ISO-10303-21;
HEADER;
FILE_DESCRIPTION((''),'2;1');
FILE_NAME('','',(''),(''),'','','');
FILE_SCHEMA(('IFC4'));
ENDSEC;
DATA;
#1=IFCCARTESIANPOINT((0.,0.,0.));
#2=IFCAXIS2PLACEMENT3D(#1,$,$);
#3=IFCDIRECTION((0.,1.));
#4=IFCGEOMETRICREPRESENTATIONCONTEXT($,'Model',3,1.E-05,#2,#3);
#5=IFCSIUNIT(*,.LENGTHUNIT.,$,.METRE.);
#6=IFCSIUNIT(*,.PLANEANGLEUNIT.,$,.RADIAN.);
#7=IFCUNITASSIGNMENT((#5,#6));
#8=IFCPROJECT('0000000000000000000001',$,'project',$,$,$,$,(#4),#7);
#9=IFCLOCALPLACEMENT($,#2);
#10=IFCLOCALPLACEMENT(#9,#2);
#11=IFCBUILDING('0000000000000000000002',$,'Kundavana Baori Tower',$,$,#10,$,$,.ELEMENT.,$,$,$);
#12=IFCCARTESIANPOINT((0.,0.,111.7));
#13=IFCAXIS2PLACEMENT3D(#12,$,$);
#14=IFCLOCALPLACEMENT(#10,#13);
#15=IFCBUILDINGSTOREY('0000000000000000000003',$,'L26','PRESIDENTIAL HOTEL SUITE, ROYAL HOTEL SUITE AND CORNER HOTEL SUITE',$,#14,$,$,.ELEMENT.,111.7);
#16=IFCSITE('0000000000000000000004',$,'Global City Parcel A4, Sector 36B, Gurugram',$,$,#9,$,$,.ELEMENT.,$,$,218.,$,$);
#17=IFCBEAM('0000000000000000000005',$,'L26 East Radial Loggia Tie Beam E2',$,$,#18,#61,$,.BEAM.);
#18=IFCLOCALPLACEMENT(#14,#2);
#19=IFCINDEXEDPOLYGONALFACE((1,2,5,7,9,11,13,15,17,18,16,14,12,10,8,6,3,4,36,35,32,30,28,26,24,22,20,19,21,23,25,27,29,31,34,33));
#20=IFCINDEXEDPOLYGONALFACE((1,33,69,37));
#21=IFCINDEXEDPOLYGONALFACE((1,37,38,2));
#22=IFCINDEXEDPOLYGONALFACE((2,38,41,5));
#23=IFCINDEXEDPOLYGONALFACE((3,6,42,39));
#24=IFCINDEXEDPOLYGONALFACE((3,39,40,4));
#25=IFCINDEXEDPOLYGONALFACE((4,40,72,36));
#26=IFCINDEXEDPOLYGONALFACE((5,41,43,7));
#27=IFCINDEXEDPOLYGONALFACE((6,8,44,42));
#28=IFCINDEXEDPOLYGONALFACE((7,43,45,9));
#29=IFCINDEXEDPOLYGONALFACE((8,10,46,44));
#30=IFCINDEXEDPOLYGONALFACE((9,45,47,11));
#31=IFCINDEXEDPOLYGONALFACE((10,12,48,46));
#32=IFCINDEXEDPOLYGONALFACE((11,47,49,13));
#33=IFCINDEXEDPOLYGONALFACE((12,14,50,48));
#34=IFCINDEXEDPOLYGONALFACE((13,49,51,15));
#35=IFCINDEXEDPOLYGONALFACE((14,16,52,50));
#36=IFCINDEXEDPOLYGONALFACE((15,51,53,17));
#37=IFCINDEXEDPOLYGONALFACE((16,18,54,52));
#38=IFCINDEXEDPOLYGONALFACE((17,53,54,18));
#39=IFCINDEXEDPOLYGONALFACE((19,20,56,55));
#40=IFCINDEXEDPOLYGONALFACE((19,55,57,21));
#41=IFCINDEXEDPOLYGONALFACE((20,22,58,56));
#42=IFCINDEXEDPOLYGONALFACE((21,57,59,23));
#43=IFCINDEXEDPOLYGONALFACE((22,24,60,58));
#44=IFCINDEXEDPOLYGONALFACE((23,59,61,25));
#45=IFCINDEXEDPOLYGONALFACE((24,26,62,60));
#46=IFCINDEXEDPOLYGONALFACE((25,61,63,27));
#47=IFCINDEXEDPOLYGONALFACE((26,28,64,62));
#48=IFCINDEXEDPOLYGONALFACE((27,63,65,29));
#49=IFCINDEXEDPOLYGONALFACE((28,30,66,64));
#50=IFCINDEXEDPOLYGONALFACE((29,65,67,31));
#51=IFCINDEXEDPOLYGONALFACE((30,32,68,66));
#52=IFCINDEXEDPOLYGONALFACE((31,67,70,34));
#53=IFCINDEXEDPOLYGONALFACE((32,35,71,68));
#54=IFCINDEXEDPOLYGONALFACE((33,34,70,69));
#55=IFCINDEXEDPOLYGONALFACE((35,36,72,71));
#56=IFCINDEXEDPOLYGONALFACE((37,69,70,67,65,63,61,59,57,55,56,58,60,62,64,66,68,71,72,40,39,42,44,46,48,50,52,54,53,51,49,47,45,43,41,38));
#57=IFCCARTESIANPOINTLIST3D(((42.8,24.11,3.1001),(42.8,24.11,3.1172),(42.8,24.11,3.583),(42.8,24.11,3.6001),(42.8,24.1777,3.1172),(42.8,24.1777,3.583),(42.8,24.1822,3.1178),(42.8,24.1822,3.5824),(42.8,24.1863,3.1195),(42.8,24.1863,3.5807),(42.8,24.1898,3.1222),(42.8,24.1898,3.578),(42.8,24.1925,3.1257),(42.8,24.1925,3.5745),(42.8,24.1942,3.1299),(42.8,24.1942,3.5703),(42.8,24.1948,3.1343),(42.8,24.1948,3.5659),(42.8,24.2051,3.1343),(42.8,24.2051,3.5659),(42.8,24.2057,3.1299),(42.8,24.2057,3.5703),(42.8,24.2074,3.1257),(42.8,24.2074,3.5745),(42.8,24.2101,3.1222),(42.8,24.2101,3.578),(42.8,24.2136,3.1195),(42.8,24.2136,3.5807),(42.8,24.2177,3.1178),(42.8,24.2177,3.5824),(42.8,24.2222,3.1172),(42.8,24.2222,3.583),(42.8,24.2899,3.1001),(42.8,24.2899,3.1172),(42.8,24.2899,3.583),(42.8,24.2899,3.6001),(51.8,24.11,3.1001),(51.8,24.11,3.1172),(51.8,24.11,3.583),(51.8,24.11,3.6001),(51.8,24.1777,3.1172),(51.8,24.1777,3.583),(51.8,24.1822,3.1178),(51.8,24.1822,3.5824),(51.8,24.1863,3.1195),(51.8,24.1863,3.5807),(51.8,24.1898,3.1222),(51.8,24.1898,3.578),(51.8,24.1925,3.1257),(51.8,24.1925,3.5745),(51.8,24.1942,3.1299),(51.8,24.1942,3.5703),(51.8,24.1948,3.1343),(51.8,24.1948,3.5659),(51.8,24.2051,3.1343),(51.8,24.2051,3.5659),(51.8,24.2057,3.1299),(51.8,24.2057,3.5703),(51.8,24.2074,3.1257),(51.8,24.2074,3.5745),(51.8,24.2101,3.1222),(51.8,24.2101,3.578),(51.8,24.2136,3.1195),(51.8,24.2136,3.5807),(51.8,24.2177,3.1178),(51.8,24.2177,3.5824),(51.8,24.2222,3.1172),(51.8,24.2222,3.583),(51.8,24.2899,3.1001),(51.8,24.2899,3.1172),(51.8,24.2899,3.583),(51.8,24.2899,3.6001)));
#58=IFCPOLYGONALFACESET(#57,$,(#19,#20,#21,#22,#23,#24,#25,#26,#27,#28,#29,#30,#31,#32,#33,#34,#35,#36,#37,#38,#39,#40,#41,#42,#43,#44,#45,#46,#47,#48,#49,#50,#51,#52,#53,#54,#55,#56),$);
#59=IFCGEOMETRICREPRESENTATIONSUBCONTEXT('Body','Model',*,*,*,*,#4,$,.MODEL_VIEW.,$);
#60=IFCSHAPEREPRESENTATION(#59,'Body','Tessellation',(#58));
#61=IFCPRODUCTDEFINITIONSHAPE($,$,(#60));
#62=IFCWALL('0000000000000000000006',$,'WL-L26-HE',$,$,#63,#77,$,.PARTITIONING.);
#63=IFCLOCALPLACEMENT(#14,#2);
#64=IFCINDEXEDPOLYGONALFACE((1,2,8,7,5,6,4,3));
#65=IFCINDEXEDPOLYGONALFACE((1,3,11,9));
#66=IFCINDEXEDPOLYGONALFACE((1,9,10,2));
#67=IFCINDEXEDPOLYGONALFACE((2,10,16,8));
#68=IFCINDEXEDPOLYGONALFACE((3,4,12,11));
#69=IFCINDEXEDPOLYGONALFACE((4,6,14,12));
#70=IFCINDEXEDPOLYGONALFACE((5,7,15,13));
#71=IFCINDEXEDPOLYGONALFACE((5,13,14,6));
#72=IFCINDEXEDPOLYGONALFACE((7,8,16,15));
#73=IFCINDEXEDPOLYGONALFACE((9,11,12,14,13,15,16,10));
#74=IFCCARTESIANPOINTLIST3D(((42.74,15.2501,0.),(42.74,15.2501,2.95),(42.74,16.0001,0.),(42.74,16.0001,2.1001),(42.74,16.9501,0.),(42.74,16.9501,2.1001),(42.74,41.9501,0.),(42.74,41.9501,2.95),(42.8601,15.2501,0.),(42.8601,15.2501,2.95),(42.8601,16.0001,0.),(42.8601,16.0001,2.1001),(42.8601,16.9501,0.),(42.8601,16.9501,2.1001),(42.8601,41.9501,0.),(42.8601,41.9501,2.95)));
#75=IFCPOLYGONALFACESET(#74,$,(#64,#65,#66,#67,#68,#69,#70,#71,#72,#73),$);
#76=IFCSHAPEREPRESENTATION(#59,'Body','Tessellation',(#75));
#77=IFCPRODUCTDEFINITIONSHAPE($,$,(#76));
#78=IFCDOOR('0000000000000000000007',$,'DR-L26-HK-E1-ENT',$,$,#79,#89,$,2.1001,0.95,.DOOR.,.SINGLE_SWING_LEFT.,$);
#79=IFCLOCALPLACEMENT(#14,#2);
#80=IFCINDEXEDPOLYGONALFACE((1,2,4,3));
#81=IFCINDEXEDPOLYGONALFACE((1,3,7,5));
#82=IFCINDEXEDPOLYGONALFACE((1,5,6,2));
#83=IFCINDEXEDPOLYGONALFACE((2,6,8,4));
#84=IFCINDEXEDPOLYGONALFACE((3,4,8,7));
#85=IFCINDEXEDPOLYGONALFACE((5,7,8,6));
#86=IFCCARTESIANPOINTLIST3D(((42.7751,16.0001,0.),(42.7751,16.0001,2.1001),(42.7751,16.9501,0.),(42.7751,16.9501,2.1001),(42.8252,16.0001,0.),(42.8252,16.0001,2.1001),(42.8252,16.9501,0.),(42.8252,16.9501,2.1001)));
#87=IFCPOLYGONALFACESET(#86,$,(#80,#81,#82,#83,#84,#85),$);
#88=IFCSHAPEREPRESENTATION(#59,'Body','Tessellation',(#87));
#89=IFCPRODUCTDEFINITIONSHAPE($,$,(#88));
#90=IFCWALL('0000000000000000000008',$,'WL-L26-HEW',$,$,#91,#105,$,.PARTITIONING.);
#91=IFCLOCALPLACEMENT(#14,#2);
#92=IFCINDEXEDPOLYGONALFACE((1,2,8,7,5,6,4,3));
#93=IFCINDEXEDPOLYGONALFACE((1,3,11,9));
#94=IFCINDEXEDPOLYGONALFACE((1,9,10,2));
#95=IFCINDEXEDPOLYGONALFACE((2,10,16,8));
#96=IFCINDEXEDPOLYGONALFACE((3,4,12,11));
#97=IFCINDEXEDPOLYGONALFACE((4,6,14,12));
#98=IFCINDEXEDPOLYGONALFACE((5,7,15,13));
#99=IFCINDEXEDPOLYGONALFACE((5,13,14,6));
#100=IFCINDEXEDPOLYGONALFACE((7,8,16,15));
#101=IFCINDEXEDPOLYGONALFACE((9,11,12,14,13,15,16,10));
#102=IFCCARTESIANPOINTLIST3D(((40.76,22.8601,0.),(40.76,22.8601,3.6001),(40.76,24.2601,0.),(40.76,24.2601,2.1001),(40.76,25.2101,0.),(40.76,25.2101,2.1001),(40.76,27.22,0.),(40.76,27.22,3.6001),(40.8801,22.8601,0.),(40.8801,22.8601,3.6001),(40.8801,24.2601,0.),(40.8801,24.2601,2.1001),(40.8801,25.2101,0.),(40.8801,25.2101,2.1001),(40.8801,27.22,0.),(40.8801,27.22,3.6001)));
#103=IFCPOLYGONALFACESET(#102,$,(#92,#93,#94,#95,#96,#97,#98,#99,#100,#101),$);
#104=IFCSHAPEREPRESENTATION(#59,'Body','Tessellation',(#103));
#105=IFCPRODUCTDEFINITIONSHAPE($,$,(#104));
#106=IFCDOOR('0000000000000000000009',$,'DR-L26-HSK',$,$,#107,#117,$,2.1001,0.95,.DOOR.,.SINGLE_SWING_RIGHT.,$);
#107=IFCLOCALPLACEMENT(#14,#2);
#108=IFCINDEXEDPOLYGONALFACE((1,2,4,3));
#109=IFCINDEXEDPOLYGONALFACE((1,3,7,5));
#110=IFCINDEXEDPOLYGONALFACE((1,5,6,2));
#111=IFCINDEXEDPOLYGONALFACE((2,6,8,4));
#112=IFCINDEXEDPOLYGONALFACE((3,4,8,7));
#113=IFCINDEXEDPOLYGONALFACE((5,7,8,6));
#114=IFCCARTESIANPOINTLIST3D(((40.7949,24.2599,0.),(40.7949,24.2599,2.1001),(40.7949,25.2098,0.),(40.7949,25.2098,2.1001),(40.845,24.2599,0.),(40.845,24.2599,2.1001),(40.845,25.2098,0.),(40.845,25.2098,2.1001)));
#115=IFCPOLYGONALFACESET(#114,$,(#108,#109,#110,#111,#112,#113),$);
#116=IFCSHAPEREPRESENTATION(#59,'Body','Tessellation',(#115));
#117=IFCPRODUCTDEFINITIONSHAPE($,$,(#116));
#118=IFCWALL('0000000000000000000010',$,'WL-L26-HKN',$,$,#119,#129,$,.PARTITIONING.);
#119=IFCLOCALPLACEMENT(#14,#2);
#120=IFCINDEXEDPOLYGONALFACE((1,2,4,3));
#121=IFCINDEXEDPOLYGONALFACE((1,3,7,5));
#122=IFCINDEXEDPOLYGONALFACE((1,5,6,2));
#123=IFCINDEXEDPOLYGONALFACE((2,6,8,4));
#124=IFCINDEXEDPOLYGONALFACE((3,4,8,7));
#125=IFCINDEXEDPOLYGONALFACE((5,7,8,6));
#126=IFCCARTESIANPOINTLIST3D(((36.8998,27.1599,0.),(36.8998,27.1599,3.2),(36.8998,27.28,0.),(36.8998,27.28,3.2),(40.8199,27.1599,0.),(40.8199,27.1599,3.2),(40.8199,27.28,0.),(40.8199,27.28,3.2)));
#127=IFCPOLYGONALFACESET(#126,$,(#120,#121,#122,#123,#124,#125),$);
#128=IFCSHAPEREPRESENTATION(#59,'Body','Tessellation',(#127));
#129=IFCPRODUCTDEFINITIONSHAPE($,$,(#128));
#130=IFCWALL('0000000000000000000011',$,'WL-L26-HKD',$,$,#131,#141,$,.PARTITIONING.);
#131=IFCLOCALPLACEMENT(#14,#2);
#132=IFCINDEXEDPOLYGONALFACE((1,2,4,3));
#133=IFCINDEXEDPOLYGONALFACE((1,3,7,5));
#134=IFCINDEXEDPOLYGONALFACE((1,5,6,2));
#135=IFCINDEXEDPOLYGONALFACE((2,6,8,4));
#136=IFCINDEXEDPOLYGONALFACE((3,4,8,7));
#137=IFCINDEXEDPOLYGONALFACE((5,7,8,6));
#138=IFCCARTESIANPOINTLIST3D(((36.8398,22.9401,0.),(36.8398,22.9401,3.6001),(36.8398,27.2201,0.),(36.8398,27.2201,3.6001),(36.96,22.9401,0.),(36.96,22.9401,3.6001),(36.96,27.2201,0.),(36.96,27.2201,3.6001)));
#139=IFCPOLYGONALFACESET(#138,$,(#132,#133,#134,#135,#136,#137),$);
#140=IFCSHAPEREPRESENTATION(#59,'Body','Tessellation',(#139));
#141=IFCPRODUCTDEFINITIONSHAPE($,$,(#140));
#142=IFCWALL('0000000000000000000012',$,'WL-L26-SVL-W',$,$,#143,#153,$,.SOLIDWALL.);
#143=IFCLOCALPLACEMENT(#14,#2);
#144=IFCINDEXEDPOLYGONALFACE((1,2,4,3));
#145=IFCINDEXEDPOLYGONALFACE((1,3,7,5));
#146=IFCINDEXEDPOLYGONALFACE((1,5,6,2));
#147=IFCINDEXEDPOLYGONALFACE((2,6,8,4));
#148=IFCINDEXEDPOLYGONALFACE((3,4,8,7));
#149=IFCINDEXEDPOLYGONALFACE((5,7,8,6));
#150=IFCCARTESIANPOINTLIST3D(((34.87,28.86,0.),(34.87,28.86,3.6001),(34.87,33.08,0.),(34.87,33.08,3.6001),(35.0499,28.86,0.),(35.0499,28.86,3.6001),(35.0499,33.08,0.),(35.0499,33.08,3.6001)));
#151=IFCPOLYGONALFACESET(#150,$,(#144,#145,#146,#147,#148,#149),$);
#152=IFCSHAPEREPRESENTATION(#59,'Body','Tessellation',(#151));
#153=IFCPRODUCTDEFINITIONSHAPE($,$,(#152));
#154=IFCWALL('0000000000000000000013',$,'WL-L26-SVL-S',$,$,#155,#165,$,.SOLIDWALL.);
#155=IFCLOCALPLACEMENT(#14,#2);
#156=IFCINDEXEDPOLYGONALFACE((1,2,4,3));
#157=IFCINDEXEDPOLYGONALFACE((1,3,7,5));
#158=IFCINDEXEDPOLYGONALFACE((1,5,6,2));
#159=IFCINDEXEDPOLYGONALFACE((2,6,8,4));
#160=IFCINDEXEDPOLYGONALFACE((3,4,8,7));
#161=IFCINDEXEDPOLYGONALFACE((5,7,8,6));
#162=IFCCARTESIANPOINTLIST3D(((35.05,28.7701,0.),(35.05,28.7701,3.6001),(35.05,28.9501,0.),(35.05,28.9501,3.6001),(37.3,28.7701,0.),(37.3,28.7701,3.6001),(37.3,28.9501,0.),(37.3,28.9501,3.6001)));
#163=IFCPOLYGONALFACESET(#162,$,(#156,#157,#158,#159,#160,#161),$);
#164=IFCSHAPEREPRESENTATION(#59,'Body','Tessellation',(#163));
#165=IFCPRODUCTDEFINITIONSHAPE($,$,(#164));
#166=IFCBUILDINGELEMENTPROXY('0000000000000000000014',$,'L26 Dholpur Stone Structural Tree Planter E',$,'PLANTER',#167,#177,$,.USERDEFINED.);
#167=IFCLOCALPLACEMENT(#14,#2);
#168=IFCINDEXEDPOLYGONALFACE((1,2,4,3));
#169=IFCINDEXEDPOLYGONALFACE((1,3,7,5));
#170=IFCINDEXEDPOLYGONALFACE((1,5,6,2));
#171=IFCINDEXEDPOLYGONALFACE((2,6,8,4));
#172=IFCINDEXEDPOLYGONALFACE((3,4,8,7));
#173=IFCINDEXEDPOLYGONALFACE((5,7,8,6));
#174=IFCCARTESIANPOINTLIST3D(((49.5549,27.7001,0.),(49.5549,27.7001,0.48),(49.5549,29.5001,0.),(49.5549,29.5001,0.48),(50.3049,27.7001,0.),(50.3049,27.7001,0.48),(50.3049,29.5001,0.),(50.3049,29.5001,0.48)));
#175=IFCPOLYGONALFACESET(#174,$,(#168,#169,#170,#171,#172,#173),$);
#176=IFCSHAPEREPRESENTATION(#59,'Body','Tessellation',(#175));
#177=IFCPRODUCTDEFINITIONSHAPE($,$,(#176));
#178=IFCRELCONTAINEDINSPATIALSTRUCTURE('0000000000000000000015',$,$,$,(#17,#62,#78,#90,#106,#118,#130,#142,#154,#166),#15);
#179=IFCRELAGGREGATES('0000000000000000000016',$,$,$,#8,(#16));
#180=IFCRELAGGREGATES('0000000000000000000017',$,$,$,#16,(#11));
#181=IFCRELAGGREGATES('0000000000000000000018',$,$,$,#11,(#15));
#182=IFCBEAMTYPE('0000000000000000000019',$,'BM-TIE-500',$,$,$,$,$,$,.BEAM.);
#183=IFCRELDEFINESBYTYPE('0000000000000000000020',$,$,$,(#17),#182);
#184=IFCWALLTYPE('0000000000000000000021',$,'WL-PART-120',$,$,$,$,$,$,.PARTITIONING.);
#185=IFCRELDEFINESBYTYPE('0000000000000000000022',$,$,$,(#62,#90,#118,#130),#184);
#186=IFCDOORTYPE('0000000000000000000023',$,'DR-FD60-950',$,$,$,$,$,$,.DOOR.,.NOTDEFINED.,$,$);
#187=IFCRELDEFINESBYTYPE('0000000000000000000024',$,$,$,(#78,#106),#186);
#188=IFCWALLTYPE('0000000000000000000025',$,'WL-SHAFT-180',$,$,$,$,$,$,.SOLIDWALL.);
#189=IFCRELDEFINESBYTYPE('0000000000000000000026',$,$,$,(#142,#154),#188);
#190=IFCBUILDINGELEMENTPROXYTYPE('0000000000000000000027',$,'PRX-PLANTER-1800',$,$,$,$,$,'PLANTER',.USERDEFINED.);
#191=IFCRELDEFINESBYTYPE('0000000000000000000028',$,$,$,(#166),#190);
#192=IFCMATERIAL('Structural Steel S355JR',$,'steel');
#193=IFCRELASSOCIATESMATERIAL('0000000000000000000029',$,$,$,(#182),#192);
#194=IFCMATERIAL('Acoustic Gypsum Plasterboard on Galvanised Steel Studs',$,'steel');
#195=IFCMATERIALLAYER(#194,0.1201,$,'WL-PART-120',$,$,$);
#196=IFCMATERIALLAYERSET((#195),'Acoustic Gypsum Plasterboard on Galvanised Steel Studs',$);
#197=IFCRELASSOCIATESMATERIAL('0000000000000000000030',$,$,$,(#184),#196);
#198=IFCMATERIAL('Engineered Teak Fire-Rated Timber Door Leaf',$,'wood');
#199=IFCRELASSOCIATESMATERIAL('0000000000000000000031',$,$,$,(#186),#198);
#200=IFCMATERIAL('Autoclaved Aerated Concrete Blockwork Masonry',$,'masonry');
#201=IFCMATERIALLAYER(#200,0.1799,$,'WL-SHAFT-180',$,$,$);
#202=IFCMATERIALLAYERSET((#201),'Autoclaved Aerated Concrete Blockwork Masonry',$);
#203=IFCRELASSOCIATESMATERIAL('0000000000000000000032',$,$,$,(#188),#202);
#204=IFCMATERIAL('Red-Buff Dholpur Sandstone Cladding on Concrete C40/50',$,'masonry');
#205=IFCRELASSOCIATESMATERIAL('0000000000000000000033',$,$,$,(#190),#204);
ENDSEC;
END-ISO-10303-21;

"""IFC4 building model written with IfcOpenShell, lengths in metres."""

from ifc_helpers import new_model, si_unit, direction, frame, frame_2d, origin, origin_2d, place, context, subcontext, project, spatial, rectangle, i_section, extrude, material, layer, layer_set, material_profile, profile_set, type_object, element, fill, save


model = new_model("IFC4")

# Units and contexts
model_context = context("Model", 3, precision=1e-05, world=origin(), true_north=direction((0.0, 1.0)))
body_context = subcontext(model_context, "Body", "Model", "MODEL_VIEW")
ifc_project = project(units=[si_unit("LENGTHUNIT", "METRE"), si_unit("PLANEANGLEUNIT", "RADIAN")], contexts=[model_context])

# Site, building, storey
site_placement = place(None, origin())
site = spatial("IfcSite", under=ifc_project, at=site_placement, Name="Global City Parcel A4, Sector 36B, Gurugram", CompositionType="ELEMENT", RefElevation=218.0)
building_placement = place(site_placement, origin())
building = spatial("IfcBuilding", under=site, at=building_placement, Name="Kundavana Baori Tower", CompositionType="ELEMENT")
storey_placement = place(building_placement, frame((0.0, 0.0, 111.7)))
storey = spatial("IfcBuildingStorey", under=building, at=storey_placement, Name="L26", Description="PRESIDENTIAL HOTEL SUITE, ROYAL HOTEL SUITE AND CORNER HOTEL SUITE", CompositionType="ELEMENT", Elevation=111.7)

# Beam
ifc_material_1 = material(Name="Structural Steel S355JR", Category="steel")
ifc_material_profile_1 = material_profile(ifc_material_1, i_section(OverallWidth=0.1799, OverallDepth=0.5, WebThickness=0.0103, FlangeThickness=0.0171, FilletRadius=0.0171, at=origin_2d()), Name="ISMB 500")
ifc_profile_set_1 = profile_set([ifc_material_profile_1], Name="Structural Steel S355JR")
beam_type_1 = type_object("IfcBeamType", Name="BM-TIE-500", PredefinedType="BEAM", material=ifc_profile_set_1)
for number, where, z_axis, x_axis, name in (
    (1, (42.8, 24.2, 3.3501), (1.0, 0.0, 0.0), (0.0, 1.0, 0.0), "L26 East Radial Loggia Tie Beam E2"),
):
    element("IfcBeam", number, at=place(storey_placement, frame(where, z_axis=z_axis, x_axis=x_axis)), inside=storey, type_object=beam_type_1, Name=name, PredefinedType="BEAM", context=body_context, shape_type="SweptSolid", body=[
        extrude(i_section(OverallWidth=0.1799, OverallDepth=0.5, WebThickness=0.0103, FlangeThickness=0.0171, FilletRadius=0.0171, at=origin_2d()), origin(), (0.0, 0.0, 1.0), 9.0),
    ])

# Walls, openings, doors
ifc_material_2 = material(Name="Acoustic Gypsum Plasterboard on Galvanised Steel Studs", Category="steel")
ifc_layer_1 = layer(ifc_material_2, 0.1201, Name="WL-PART-120")
ifc_layer_set_1 = layer_set([ifc_layer_1], Name="Acoustic Gypsum Plasterboard on Galvanised Steel Studs")
wall_type_1 = type_object("IfcWallType", Name="WL-PART-120", PredefinedType="PARTITIONING", material=ifc_layer_set_1)
wall_1_placement = place(storey_placement, frame((42.8, 15.25, 0.0), z_axis=(0.0, 0.0, 1.0), x_axis=(0.0, 1.0, 0.0)))
wall_1 = element("IfcWall", 2, at=wall_1_placement, inside=storey, type_object=wall_type_1, Name="WL-L26-HE", PredefinedType="PARTITIONING", context=body_context, shape_type="SweptSolid", body=[
    extrude(rectangle(XDim=26.7, YDim=0.1201, at=frame_2d((13.3501, 0.0))), origin(), (0.0, 0.0, 1.0), 2.95),
])
opening_1_placement = place(wall_1_placement, frame((0.75, 0.0, 0.0)))
opening_1 = element("IfcOpeningElement", 3, at=opening_1_placement, cuts=wall_1, PredefinedType="OPENING", context=body_context, shape_type="SweptSolid", body=[
    extrude(rectangle(XDim=0.95, YDim=2.1001, at=frame_2d((0.4751, 1.05))), frame((0.0, 0.0701, 0.0), z_axis=(0.0, -1.0, 0.0), x_axis=(1.0, 0.0, 0.0)), (0.0, 0.0, 1.0), 0.1401),
])
ifc_material_3 = material(Name="Engineered Teak Fire-Rated Timber Door Leaf", Category="wood")
door_type = type_object("IfcDoorType", Name="DR-FD60-950", OperationType="NOTDEFINED", PredefinedType="DOOR", material=ifc_material_3)
door_1_placement = place(opening_1_placement, origin())
door_1 = element("IfcDoor", 4, at=door_1_placement, inside=storey, type_object=door_type, Name="DR-L26-HK-E1-ENT", OperationType="SINGLE_SWING_LEFT", OverallHeight=2.1001, OverallWidth=0.95, PredefinedType="DOOR", context=body_context, shape_type="SweptSolid", body=[
    extrude(rectangle(XDim=0.95, YDim=2.1001, at=frame_2d((0.4751, 1.05))), frame((0.0, 0.0249, 0.0), z_axis=(0.0, -1.0, 0.0), x_axis=(1.0, 0.0, 0.0)), (0.0, 0.0, 1.0), 0.05),
])
fill(opening_1, door_1)
wall_2_placement = place(storey_placement, frame((40.8201, 22.8601, 0.0), z_axis=(0.0, 0.0, 1.0), x_axis=(0.0, 1.0, 0.0)))
wall_2 = element("IfcWall", 5, at=wall_2_placement, inside=storey, type_object=wall_type_1, Name="WL-L26-HEW", PredefinedType="PARTITIONING", context=body_context, shape_type="SweptSolid", body=[
    extrude(rectangle(XDim=4.3599, YDim=0.1201, at=frame_2d((2.1799, 0.0))), origin(), (0.0, 0.0, 1.0), 3.6001),
])
opening_2_placement = place(wall_2_placement, frame((1.3999, 0.0, 0.0)))
opening_2 = element("IfcOpeningElement", 6, at=opening_2_placement, cuts=wall_2, PredefinedType="OPENING", context=body_context, shape_type="SweptSolid", body=[
    extrude(rectangle(XDim=0.95, YDim=2.1001, at=frame_2d((0.4751, 1.05))), frame((0.0, 0.0701, 0.0), z_axis=(0.0, -1.0, 0.0), x_axis=(1.0, 0.0, 0.0)), (0.0, 0.0, 1.0), 0.1401),
])
door_2_placement = place(opening_2_placement, frame((0.95, 0.0, 0.0), z_axis=(0.0, 0.0, 1.0), x_axis=(-1.0, 0.0, 0.0)))
door_2 = element("IfcDoor", 7, at=door_2_placement, inside=storey, type_object=door_type, Name="DR-L26-HSK", OperationType="SINGLE_SWING_RIGHT", OverallHeight=2.1001, OverallWidth=0.95, PredefinedType="DOOR", context=body_context, shape_type="SweptSolid", body=[
    extrude(rectangle(XDim=0.95, YDim=2.1001, at=frame_2d((0.4751, 1.05))), frame((0.0, 0.0249, 0.0), z_axis=(0.0, -1.0, 0.0), x_axis=(1.0, 0.0, 0.0)), (0.0, 0.0, 1.0), 0.05),
])
fill(opening_2, door_2)

# Walls
wall_3_placement = place(storey_placement, frame((36.8999, 27.22, 0.0), z_axis=(0.0, 0.0, 1.0), x_axis=(1.0, 0.0, 0.0)))
element("IfcWall", 8, at=wall_3_placement, inside=storey, type_object=wall_type_1, Name="WL-L26-HKN", PredefinedType="PARTITIONING", context=body_context, shape_type="SweptSolid", body=[
    extrude(rectangle(XDim=3.9202, YDim=0.1201, at=frame_2d((1.96, 0.0))), origin(), (0.0, 0.0, 1.0), 3.2),
])
wall_4_placement = place(storey_placement, frame((36.8999, 22.9399, 0.0), z_axis=(0.0, 0.0, 1.0), x_axis=(0.0, 1.0, 0.0)))
element("IfcWall", 9, at=wall_4_placement, inside=storey, type_object=wall_type_1, Name="WL-L26-HKD", PredefinedType="PARTITIONING", context=body_context, shape_type="SweptSolid", body=[
    extrude(rectangle(XDim=4.28, YDim=0.1201, at=frame_2d((2.1401, 0.0))), origin(), (0.0, 0.0, 1.0), 3.6001),
])
ifc_material_4 = material(Name="Autoclaved Aerated Concrete Blockwork Masonry", Category="masonry")
ifc_layer_2 = layer(ifc_material_4, 0.1799, Name="WL-SHAFT-180")
ifc_layer_set_2 = layer_set([ifc_layer_2], Name="Autoclaved Aerated Concrete Blockwork Masonry")
wall_type_2 = type_object("IfcWallType", Name="WL-SHAFT-180", PredefinedType="SOLIDWALL", material=ifc_layer_set_2)
wall_5_placement = place(storey_placement, frame((34.96, 28.8601, 0.0), z_axis=(0.0, 0.0, 1.0), x_axis=(0.0, 1.0, 0.0)))
element("IfcWall", 10, at=wall_5_placement, inside=storey, type_object=wall_type_2, Name="WL-L26-SVL-W", PredefinedType="SOLIDWALL", context=body_context, shape_type="SweptSolid", body=[
    extrude(rectangle(XDim=4.22, YDim=0.1799, at=frame_2d((2.1099, 0.0))), origin(), (0.0, 0.0, 1.0), 3.6001),
])
wall_6_placement = place(storey_placement, frame((35.05, 28.8601, 0.0), z_axis=(0.0, 0.0, 1.0), x_axis=(1.0, 0.0, 0.0)))
element("IfcWall", 11, at=wall_6_placement, inside=storey, type_object=wall_type_2, Name="WL-L26-SVL-S", PredefinedType="SOLIDWALL", context=body_context, shape_type="SweptSolid", body=[
    extrude(rectangle(XDim=2.25, YDim=0.1799, at=frame_2d((1.125, 0.0))), origin(), (0.0, 0.0, 1.0), 3.6001),
])

# Building element proxy
ifc_material_5 = material(Name="Red-Buff Dholpur Sandstone Cladding on Concrete C40/50", Category="masonry")
building_element_proxy_type = type_object("IfcBuildingElementProxyType", Name="PRX-PLANTER-1800", ElementType="PLANTER", PredefinedType="USERDEFINED", material=ifc_material_5)
proxy_placement = place(storey_placement, frame((49.9299, 28.6001, 0.0), z_axis=(0.0, 0.0, 1.0), x_axis=(0.0, 1.0, 0.0)))
element("IfcBuildingElementProxy", 12, at=proxy_placement, inside=storey, type_object=building_element_proxy_type, Name="L26 Dholpur Stone Structural Tree Planter E", ObjectType="PLANTER", PredefinedType="USERDEFINED", context=body_context, shape_type="SweptSolid", body=[
    extrude(rectangle(XDim=1.8, YDim=0.75, at=origin_2d()), origin(), (0.0, 0.0, 1.0), 0.48),
])

save(model, "model.ifc")
